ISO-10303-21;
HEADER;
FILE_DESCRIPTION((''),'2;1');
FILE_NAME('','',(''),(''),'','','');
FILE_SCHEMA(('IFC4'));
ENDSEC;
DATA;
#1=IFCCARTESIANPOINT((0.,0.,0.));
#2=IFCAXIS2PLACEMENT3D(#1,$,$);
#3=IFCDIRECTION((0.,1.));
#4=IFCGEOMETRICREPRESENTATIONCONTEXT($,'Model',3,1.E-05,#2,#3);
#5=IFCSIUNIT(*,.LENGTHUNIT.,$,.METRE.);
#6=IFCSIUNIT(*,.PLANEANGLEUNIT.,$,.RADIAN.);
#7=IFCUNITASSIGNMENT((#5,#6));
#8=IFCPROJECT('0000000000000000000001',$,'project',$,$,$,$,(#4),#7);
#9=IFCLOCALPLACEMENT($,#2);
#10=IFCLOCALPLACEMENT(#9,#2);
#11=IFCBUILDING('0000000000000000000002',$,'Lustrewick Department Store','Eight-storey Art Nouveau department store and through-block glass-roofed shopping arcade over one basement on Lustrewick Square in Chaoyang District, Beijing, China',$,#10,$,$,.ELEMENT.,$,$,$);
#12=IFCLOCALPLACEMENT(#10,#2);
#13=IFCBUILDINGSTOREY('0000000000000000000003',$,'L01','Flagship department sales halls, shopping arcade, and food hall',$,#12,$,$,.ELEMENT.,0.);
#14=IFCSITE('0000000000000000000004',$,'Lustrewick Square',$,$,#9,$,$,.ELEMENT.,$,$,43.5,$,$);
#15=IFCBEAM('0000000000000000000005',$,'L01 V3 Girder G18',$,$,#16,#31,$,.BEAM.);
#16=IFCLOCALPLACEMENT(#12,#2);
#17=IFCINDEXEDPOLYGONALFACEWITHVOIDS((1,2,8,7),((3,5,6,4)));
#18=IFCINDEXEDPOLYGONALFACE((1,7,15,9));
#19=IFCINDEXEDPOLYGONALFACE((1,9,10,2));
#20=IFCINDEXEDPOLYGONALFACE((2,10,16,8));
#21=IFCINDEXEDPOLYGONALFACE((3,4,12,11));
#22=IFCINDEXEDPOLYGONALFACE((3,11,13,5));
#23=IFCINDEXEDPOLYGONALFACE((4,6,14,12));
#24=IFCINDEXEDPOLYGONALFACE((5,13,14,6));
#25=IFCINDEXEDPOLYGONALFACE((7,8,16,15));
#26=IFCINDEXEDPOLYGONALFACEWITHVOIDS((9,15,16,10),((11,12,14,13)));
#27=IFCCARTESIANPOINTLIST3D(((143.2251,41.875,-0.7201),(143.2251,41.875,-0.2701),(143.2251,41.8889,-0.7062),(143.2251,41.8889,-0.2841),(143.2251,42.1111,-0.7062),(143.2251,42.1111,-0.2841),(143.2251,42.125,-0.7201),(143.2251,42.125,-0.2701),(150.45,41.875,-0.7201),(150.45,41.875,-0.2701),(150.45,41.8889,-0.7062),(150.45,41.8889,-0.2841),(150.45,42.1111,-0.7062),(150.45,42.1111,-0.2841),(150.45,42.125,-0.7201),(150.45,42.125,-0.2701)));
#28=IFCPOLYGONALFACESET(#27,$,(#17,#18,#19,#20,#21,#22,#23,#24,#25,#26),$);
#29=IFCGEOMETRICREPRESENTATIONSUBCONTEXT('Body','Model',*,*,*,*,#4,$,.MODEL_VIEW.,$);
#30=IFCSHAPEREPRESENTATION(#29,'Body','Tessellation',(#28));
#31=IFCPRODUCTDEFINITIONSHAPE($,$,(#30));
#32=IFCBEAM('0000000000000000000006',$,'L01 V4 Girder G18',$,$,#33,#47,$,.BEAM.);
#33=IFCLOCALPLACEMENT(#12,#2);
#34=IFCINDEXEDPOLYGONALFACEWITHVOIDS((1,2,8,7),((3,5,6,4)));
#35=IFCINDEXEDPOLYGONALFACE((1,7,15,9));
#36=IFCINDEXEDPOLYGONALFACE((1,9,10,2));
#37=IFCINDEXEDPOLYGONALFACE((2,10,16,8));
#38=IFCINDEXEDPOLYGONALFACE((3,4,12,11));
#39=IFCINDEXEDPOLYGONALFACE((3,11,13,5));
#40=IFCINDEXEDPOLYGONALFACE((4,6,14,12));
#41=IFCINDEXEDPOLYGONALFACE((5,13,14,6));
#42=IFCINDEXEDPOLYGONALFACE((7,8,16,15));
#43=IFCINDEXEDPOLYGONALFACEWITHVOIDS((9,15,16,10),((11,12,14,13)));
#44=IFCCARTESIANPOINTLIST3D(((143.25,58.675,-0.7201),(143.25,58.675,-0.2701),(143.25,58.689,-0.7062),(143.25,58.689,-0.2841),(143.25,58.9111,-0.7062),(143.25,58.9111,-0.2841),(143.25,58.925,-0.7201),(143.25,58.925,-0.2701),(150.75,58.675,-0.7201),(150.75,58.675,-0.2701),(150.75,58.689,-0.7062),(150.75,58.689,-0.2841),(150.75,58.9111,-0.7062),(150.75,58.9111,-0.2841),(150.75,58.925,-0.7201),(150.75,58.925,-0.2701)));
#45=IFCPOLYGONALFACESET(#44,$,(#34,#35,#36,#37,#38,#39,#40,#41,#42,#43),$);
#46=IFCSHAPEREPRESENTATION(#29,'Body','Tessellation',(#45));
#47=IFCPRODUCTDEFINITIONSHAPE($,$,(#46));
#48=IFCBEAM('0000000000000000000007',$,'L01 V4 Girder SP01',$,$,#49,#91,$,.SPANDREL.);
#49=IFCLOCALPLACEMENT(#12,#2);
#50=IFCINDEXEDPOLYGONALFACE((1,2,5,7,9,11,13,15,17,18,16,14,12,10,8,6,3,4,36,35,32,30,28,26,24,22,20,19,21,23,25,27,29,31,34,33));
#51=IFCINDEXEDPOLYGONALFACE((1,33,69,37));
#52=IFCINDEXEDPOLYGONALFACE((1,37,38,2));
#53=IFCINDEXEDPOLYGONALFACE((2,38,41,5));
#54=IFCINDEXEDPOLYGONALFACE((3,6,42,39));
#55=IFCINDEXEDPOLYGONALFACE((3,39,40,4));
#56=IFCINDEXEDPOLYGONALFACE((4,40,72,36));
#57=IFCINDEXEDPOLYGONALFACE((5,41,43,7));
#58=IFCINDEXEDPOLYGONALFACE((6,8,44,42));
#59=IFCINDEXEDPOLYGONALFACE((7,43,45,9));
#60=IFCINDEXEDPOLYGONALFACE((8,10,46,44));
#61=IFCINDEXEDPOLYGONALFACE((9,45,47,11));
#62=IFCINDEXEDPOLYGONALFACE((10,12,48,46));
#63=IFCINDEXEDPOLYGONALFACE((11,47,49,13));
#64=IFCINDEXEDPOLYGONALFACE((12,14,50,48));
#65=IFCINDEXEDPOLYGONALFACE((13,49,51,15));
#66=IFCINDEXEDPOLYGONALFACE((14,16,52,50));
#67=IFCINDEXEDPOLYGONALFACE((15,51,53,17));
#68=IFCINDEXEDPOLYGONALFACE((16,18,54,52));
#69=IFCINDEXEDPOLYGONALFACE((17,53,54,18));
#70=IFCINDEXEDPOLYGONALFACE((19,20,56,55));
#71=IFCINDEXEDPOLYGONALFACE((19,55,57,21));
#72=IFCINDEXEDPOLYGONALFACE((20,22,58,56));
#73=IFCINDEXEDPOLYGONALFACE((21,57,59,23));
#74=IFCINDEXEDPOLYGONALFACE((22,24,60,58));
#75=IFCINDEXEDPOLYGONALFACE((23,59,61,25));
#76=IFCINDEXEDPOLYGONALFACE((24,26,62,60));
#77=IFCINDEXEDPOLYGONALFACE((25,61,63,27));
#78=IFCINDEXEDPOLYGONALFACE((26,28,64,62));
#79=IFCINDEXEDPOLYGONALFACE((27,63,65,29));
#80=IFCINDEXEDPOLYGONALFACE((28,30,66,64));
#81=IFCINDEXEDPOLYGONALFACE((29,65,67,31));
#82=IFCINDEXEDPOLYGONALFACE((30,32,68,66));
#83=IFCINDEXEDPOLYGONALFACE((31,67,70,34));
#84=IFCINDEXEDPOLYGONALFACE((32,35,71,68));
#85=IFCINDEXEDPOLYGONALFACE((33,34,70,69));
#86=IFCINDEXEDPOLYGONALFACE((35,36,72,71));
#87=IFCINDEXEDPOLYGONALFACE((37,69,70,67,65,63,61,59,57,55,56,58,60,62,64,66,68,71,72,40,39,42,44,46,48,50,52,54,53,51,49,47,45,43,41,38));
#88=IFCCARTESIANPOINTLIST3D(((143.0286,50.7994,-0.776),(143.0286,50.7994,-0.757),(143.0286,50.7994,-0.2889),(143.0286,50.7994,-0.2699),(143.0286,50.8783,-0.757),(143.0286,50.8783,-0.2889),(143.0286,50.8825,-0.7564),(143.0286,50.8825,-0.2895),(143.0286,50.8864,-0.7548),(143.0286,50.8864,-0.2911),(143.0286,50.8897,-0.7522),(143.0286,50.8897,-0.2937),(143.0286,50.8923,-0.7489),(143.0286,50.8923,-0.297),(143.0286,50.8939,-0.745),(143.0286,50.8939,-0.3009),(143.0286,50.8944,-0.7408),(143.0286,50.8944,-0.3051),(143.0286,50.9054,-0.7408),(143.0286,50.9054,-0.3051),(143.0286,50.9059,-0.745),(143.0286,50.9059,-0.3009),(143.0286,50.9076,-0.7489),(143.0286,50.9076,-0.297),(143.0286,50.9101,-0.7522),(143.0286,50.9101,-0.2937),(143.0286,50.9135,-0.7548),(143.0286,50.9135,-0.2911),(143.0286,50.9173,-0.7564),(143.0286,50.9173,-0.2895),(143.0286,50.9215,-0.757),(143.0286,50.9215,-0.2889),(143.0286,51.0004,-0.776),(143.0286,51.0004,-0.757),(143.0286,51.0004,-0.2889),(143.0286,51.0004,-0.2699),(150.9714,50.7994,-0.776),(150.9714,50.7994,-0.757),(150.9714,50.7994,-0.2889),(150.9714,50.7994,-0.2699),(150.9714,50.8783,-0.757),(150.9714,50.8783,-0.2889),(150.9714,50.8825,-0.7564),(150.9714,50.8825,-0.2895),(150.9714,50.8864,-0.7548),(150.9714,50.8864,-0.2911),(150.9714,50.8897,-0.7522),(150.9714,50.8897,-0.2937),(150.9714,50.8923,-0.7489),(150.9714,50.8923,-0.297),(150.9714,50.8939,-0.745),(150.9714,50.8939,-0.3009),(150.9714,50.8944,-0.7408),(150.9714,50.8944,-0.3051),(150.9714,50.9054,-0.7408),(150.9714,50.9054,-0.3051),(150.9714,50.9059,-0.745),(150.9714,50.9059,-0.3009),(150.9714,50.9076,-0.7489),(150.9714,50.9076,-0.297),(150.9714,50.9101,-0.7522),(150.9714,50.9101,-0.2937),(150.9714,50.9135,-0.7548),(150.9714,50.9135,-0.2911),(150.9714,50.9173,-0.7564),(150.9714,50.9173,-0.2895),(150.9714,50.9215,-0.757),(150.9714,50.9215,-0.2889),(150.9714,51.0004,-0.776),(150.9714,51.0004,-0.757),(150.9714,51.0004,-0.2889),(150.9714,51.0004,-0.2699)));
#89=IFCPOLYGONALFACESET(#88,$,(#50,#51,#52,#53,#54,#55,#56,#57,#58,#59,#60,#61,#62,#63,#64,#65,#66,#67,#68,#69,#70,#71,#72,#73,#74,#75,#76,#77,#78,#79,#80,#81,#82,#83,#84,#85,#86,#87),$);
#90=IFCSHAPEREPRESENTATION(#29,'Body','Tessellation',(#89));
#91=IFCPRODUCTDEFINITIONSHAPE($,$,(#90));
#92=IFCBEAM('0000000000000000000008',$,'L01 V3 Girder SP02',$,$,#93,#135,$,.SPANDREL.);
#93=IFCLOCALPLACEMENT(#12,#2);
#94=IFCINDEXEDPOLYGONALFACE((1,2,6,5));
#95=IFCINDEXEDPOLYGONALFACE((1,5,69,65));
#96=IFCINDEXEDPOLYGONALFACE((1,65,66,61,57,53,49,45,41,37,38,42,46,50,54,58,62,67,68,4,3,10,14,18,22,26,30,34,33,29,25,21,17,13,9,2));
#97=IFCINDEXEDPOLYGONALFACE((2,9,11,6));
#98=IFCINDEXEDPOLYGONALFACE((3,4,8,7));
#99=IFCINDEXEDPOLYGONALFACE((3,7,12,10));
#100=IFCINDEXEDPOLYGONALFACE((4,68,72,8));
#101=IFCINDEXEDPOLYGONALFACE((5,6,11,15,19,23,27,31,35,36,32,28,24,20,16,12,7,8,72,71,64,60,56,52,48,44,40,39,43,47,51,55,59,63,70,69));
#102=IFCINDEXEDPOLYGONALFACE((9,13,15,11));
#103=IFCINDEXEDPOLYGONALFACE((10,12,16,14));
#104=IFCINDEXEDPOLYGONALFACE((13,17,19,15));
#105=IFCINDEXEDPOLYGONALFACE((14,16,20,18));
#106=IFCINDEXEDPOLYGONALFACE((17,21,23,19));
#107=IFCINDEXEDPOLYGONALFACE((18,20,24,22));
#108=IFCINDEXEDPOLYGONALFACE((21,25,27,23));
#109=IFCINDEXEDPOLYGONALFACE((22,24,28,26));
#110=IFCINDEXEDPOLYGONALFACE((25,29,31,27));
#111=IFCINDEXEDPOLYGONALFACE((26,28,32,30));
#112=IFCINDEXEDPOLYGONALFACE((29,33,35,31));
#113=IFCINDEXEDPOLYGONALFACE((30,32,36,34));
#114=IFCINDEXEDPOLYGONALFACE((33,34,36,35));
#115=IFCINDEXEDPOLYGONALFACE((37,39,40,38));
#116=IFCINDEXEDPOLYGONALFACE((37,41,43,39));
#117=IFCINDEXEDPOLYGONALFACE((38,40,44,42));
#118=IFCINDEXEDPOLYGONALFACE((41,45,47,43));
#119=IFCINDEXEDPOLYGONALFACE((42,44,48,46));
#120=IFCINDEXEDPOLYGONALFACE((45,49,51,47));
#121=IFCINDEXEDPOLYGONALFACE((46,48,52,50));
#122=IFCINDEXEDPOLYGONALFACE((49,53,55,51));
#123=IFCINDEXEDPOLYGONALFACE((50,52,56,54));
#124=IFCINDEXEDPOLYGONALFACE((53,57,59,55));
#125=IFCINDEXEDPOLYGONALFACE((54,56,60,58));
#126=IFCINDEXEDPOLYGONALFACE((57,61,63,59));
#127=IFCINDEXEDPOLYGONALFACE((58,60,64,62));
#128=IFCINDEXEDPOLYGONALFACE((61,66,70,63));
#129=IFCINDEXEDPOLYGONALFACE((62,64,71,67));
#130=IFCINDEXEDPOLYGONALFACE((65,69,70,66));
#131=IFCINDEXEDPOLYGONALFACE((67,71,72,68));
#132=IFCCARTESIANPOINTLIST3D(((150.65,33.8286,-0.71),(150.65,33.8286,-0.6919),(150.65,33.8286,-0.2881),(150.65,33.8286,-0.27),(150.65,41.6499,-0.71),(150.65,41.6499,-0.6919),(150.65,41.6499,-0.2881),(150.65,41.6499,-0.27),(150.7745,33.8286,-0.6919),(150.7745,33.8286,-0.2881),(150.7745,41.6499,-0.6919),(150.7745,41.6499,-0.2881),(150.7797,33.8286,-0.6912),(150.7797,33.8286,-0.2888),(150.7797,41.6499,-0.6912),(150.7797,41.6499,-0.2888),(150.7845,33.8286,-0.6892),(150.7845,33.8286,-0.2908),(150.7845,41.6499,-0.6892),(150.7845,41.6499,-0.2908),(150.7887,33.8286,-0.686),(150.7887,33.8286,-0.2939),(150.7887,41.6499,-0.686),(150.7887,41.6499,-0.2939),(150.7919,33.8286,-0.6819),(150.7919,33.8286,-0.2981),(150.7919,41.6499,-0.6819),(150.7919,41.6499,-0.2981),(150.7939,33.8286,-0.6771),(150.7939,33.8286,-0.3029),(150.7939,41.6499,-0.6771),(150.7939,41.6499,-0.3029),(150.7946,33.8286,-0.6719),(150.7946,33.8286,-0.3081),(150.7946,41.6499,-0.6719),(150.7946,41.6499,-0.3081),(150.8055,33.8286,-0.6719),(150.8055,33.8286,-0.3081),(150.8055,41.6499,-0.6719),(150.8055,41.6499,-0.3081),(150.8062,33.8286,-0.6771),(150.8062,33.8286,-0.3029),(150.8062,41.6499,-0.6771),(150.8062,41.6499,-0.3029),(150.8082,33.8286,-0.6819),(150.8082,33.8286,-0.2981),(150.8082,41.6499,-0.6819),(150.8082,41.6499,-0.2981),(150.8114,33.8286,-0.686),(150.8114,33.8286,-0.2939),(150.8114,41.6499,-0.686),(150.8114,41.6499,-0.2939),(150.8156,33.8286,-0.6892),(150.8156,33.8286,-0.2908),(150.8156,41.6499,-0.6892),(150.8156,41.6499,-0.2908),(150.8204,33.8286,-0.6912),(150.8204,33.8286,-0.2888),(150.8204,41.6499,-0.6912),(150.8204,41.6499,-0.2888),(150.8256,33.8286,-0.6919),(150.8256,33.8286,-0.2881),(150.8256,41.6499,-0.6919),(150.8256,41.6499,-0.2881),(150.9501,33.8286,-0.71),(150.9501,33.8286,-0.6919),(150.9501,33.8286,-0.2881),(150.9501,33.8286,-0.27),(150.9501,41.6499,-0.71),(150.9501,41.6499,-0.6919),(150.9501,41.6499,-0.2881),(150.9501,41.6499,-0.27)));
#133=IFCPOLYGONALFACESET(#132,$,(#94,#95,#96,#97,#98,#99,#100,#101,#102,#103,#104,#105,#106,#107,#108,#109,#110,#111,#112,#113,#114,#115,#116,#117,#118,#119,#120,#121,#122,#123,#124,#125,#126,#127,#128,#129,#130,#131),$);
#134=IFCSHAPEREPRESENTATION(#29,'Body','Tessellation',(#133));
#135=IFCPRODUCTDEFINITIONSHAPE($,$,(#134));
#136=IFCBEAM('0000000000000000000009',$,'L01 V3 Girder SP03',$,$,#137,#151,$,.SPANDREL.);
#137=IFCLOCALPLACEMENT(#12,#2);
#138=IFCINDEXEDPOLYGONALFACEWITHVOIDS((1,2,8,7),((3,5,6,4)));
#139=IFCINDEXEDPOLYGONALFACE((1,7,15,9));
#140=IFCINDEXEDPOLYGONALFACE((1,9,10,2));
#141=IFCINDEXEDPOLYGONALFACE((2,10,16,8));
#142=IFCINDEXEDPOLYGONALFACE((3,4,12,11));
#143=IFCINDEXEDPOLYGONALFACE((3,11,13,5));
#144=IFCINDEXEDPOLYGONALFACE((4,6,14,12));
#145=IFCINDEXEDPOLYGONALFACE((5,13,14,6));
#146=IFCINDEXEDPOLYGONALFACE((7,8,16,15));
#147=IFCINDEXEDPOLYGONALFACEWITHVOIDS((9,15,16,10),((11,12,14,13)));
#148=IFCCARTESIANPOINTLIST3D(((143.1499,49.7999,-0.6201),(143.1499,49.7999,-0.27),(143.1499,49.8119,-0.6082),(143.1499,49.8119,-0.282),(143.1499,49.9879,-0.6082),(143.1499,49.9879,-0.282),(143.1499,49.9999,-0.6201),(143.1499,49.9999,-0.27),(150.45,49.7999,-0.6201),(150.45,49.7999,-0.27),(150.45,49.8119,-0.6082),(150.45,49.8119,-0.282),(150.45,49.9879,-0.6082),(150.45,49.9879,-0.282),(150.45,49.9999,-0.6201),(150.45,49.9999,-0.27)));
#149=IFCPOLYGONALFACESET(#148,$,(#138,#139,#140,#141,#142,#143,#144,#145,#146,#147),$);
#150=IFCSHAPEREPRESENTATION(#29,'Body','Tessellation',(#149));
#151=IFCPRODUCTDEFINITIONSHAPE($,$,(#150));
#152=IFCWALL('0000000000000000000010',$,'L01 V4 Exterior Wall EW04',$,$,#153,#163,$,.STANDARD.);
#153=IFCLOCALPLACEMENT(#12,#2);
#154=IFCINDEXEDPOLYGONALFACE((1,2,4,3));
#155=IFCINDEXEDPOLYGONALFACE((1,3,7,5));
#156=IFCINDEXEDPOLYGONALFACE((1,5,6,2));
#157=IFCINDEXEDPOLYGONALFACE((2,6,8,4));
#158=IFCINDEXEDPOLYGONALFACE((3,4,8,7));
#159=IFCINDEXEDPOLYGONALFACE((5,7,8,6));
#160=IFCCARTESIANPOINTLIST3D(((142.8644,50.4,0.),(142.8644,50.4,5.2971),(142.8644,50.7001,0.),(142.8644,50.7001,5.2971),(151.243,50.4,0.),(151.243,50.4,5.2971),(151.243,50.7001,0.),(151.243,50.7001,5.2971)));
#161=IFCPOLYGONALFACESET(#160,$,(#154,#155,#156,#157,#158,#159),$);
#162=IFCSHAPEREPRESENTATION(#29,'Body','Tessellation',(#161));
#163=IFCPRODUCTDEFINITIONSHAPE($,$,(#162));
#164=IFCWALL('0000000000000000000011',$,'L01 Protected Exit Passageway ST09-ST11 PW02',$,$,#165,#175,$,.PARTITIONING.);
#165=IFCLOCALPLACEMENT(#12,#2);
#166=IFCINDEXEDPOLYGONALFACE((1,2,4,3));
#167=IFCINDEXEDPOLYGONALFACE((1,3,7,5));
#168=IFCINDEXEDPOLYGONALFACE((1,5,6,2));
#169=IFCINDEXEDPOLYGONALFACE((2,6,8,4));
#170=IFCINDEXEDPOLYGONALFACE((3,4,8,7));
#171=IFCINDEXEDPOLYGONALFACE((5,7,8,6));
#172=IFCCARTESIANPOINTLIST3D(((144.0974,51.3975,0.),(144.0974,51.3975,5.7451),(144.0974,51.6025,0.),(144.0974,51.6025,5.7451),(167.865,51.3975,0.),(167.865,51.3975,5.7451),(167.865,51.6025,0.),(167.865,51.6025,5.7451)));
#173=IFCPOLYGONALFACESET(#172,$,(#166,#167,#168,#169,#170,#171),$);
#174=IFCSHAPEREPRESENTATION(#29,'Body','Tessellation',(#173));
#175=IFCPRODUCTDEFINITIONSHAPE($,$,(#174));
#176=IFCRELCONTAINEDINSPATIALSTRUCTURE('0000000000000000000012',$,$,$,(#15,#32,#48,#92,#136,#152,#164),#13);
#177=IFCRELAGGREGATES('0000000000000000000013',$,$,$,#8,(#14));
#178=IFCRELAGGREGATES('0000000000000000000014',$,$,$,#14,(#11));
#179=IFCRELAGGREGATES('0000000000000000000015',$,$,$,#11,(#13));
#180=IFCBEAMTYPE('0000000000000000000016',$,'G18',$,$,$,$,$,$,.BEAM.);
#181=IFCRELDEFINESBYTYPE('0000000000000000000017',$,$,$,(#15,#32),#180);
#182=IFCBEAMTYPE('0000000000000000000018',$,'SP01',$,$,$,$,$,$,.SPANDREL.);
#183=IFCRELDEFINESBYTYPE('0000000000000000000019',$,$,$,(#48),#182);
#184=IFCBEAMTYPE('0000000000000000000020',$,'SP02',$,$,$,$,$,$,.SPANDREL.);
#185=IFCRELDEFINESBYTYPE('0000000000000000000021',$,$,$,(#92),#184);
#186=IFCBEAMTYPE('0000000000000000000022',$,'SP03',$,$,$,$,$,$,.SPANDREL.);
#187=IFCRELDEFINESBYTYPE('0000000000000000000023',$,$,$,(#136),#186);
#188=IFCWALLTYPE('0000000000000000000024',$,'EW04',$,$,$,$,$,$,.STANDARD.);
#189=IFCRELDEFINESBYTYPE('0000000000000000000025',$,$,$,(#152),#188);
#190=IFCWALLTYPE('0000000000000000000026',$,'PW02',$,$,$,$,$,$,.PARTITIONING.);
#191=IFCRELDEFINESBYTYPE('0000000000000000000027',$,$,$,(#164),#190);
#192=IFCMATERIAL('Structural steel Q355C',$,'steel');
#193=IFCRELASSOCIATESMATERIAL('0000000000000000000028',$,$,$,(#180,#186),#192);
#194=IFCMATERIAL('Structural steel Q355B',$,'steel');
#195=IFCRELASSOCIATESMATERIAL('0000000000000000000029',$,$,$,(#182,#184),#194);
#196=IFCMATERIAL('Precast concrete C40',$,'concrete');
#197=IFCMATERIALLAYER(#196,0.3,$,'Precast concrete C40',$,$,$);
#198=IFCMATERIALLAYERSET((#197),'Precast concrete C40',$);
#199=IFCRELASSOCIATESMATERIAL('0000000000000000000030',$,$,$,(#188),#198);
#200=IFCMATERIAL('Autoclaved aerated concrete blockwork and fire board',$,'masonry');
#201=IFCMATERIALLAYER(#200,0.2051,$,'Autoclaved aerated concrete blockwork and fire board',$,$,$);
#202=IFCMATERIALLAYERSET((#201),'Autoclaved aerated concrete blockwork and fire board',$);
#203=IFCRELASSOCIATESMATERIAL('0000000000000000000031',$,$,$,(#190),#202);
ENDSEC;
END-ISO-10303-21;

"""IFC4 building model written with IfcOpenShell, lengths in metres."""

from ifc_helpers import new_model, si_unit, direction, frame, frame_2d, origin, origin_2d, place, context, subcontext, project, spatial, rectangle, hollow_rectangle, i_section, extrude, material, layer, layer_set, material_profile, profile_set, type_object, element, save


model = new_model("IFC4")

# Units and contexts
model_context = context("Model", 3, precision=1e-05, world=origin(), true_north=direction((0.0, 1.0)))
body_context = subcontext(model_context, "Body", "Model", "MODEL_VIEW")
ifc_project = project(units=[si_unit("LENGTHUNIT", "METRE"), si_unit("PLANEANGLEUNIT", "RADIAN")], contexts=[model_context])

# Site, building, storey
site_placement = place(None, origin())
site = spatial("IfcSite", under=ifc_project, at=site_placement, Name="Lustrewick Square", CompositionType="ELEMENT", RefElevation=43.5)
building_placement = place(site_placement, origin())
building = spatial("IfcBuilding", under=site, at=building_placement, Name="Lustrewick Department Store", Description="Eight-storey Art Nouveau department store and through-block glass-roofed shopping arcade over one basement on Lustrewick Square in Chaoyang District, Beijing, China", CompositionType="ELEMENT")
storey_placement = place(building_placement, origin())
storey = spatial("IfcBuildingStorey", under=building, at=storey_placement, Name="L01", Description="Flagship department sales halls, shopping arcade, and food hall", CompositionType="ELEMENT", Elevation=0.0)

# Beams
ifc_material_1 = material(Name="Structural steel Q355B", Category="steel")
ifc_material_2 = material(Name="Structural steel Q355C", Category="steel")
ifc_material_profile_1 = material_profile(ifc_material_2, hollow_rectangle(XDim=0.25, YDim=0.45, WallThickness=0.0139, at=origin_2d()), Name="RHS 450x250x14")
ifc_profile_set_1 = profile_set([ifc_material_profile_1], Name="Structural steel Q355C")
beam_type_1 = type_object("IfcBeamType", Name="G18", PredefinedType="BEAM", material=ifc_profile_set_1)
beam_1_placement = place(storey_placement, frame((143.2251, 42.0, -0.4951), z_axis=(1.0, 0.0, 0.0), x_axis=(0.0, 1.0, 0.0)))
element("IfcBeam", 1, at=beam_1_placement, inside=storey, type_object=beam_type_1, Name="L01 V3 Girder G18", PredefinedType="BEAM", context=body_context, shape_type="SweptSolid", body=[
    extrude(hollow_rectangle(XDim=0.25, YDim=0.45, WallThickness=0.0139, at=origin_2d()), origin(), (0.0, 0.0, 1.0), 7.2249),
])
beam_2_placement = place(storey_placement, frame((143.25, 58.8, -0.4951), z_axis=(1.0, 0.0, 0.0), x_axis=(0.0, 1.0, 0.0)))
element("IfcBeam", 2, at=beam_2_placement, inside=storey, type_object=beam_type_1, Name="L01 V4 Girder G18", PredefinedType="BEAM", context=body_context, shape_type="SweptSolid", body=[
    extrude(hollow_rectangle(XDim=0.25, YDim=0.45, WallThickness=0.0139, at=origin_2d()), origin(), (0.0, 0.0, 1.0), 7.5),
])
ifc_material_profile_2 = material_profile(ifc_material_1, i_section(OverallWidth=0.2009, OverallDepth=0.5061, WebThickness=0.011, FlangeThickness=0.019, FilletRadius=0.0161, at=origin_2d()), Name="HN 506x201x11x19")
ifc_profile_set_2 = profile_set([ifc_material_profile_2], Name="Structural steel Q355B")
beam_type_2 = type_object("IfcBeamType", Name="SP01", PredefinedType="SPANDREL", material=ifc_profile_set_2)
beam_3_placement = place(storey_placement, frame((143.0286, 50.8999, -0.5229), z_axis=(1.0, 0.0, 0.0), x_axis=(0.0, 1.0, 0.0)))
element("IfcBeam", 3, at=beam_3_placement, inside=storey, type_object=beam_type_2, Name="L01 V4 Girder SP01", PredefinedType="SPANDREL", context=body_context, shape_type="SweptSolid", body=[
    extrude(i_section(OverallWidth=0.2009, OverallDepth=0.5061, WebThickness=0.011, FlangeThickness=0.019, FilletRadius=0.0161, at=origin_2d()), origin(), (0.0, 0.0, 1.0), 7.9429),
])
ifc_material_profile_3 = material_profile(ifc_material_1, i_section(OverallWidth=0.3, OverallDepth=0.4399, WebThickness=0.011, FlangeThickness=0.0181, FilletRadius=0.02, at=origin_2d()), Name="HM 440x300x11x18")
ifc_profile_set_3 = profile_set([ifc_material_profile_3], Name="Structural steel Q355B")
beam_type_3 = type_object("IfcBeamType", Name="SP02", PredefinedType="SPANDREL", material=ifc_profile_set_3)
beam_4_placement = place(storey_placement, frame((150.8, 33.8286, -0.49), z_axis=(0.0, 1.0, 0.0), x_axis=(-1.0, 0.0, 0.0)))
element("IfcBeam", 4, at=beam_4_placement, inside=storey, type_object=beam_type_3, Name="L01 V3 Girder SP02", PredefinedType="SPANDREL", context=body_context, shape_type="SweptSolid", body=[
    extrude(i_section(OverallWidth=0.3, OverallDepth=0.4399, WebThickness=0.011, FlangeThickness=0.0181, FilletRadius=0.02, at=origin_2d()), origin(), (0.0, 0.0, 1.0), 7.8213),
])
ifc_material_profile_4 = material_profile(ifc_material_2, hollow_rectangle(XDim=0.2, YDim=0.3501, WallThickness=0.012, at=origin_2d()), Name="RHS 350x200x12")
ifc_profile_set_4 = profile_set([ifc_material_profile_4], Name="Structural steel Q355C")
beam_type_4 = type_object("IfcBeamType", Name="SP03", PredefinedType="SPANDREL", material=ifc_profile_set_4)
beam_5_placement = place(storey_placement, frame((143.1499, 49.8999, -0.4451), z_axis=(1.0, 0.0, 0.0), x_axis=(0.0, 1.0, 0.0)))
element("IfcBeam", 5, at=beam_5_placement, inside=storey, type_object=beam_type_4, Name="L01 V3 Girder SP03", PredefinedType="SPANDREL", context=body_context, shape_type="SweptSolid", body=[
    extrude(hollow_rectangle(XDim=0.2, YDim=0.3501, WallThickness=0.012, at=origin_2d()), origin(), (0.0, 0.0, 1.0), 7.3),
])

# Wall
ifc_material_3 = material(Name="Precast concrete C40", Category="concrete")
ifc_layer_1 = layer(ifc_material_3, 0.3, Name="Precast concrete C40")
ifc_layer_set_1 = layer_set([ifc_layer_1], Name="Precast concrete C40")
wall_type_1 = type_object("IfcWallType", Name="EW04", PredefinedType="STANDARD", material=ifc_layer_set_1)
wall_1_placement = place(storey_placement, frame((142.8643, 50.55, 0.0), z_axis=(0.0, 0.0, 1.0), x_axis=(1.0, 0.0, 0.0)))
element("IfcWall", 6, at=wall_1_placement, inside=storey, type_object=wall_type_1, Name="L01 V4 Exterior Wall EW04", PredefinedType="STANDARD", context=body_context, shape_type="SweptSolid", body=[
    extrude(rectangle(XDim=8.3787, YDim=0.3, at=frame_2d((4.1895, 0.0))), origin(), (0.0, 0.0, 1.0), 5.2971),
])

# Shared definitions
ifc_material_4 = material(Name="Autoclaved aerated concrete blockwork and fire board", Category="masonry")
ifc_layer_2 = layer(ifc_material_4, 0.2051, Name="Autoclaved aerated concrete blockwork and fire board")
ifc_layer_set_2 = layer_set([ifc_layer_2], Name="Autoclaved aerated concrete blockwork and fire board")
wall_type_2 = type_object("IfcWallType", Name="PW02", PredefinedType="PARTITIONING", material=ifc_layer_set_2)

# Wall
wall_2_placement = place(storey_placement, frame((144.0974, 51.5, 0.0), z_axis=(0.0, 0.0, 1.0), x_axis=(1.0, 0.0, 0.0)))
element("IfcWall", 7, at=wall_2_placement, inside=storey, type_object=wall_type_2, Name="L01 Protected Exit Passageway ST09-ST11 PW02", PredefinedType="PARTITIONING", context=body_context, shape_type="SweptSolid", body=[
    extrude(rectangle(XDim=23.7676, YDim=0.2051, at=frame_2d((11.8838, 0.0))), origin(), (0.0, 0.0, 1.0), 5.7451),
])

save(model, "model.ifc")
